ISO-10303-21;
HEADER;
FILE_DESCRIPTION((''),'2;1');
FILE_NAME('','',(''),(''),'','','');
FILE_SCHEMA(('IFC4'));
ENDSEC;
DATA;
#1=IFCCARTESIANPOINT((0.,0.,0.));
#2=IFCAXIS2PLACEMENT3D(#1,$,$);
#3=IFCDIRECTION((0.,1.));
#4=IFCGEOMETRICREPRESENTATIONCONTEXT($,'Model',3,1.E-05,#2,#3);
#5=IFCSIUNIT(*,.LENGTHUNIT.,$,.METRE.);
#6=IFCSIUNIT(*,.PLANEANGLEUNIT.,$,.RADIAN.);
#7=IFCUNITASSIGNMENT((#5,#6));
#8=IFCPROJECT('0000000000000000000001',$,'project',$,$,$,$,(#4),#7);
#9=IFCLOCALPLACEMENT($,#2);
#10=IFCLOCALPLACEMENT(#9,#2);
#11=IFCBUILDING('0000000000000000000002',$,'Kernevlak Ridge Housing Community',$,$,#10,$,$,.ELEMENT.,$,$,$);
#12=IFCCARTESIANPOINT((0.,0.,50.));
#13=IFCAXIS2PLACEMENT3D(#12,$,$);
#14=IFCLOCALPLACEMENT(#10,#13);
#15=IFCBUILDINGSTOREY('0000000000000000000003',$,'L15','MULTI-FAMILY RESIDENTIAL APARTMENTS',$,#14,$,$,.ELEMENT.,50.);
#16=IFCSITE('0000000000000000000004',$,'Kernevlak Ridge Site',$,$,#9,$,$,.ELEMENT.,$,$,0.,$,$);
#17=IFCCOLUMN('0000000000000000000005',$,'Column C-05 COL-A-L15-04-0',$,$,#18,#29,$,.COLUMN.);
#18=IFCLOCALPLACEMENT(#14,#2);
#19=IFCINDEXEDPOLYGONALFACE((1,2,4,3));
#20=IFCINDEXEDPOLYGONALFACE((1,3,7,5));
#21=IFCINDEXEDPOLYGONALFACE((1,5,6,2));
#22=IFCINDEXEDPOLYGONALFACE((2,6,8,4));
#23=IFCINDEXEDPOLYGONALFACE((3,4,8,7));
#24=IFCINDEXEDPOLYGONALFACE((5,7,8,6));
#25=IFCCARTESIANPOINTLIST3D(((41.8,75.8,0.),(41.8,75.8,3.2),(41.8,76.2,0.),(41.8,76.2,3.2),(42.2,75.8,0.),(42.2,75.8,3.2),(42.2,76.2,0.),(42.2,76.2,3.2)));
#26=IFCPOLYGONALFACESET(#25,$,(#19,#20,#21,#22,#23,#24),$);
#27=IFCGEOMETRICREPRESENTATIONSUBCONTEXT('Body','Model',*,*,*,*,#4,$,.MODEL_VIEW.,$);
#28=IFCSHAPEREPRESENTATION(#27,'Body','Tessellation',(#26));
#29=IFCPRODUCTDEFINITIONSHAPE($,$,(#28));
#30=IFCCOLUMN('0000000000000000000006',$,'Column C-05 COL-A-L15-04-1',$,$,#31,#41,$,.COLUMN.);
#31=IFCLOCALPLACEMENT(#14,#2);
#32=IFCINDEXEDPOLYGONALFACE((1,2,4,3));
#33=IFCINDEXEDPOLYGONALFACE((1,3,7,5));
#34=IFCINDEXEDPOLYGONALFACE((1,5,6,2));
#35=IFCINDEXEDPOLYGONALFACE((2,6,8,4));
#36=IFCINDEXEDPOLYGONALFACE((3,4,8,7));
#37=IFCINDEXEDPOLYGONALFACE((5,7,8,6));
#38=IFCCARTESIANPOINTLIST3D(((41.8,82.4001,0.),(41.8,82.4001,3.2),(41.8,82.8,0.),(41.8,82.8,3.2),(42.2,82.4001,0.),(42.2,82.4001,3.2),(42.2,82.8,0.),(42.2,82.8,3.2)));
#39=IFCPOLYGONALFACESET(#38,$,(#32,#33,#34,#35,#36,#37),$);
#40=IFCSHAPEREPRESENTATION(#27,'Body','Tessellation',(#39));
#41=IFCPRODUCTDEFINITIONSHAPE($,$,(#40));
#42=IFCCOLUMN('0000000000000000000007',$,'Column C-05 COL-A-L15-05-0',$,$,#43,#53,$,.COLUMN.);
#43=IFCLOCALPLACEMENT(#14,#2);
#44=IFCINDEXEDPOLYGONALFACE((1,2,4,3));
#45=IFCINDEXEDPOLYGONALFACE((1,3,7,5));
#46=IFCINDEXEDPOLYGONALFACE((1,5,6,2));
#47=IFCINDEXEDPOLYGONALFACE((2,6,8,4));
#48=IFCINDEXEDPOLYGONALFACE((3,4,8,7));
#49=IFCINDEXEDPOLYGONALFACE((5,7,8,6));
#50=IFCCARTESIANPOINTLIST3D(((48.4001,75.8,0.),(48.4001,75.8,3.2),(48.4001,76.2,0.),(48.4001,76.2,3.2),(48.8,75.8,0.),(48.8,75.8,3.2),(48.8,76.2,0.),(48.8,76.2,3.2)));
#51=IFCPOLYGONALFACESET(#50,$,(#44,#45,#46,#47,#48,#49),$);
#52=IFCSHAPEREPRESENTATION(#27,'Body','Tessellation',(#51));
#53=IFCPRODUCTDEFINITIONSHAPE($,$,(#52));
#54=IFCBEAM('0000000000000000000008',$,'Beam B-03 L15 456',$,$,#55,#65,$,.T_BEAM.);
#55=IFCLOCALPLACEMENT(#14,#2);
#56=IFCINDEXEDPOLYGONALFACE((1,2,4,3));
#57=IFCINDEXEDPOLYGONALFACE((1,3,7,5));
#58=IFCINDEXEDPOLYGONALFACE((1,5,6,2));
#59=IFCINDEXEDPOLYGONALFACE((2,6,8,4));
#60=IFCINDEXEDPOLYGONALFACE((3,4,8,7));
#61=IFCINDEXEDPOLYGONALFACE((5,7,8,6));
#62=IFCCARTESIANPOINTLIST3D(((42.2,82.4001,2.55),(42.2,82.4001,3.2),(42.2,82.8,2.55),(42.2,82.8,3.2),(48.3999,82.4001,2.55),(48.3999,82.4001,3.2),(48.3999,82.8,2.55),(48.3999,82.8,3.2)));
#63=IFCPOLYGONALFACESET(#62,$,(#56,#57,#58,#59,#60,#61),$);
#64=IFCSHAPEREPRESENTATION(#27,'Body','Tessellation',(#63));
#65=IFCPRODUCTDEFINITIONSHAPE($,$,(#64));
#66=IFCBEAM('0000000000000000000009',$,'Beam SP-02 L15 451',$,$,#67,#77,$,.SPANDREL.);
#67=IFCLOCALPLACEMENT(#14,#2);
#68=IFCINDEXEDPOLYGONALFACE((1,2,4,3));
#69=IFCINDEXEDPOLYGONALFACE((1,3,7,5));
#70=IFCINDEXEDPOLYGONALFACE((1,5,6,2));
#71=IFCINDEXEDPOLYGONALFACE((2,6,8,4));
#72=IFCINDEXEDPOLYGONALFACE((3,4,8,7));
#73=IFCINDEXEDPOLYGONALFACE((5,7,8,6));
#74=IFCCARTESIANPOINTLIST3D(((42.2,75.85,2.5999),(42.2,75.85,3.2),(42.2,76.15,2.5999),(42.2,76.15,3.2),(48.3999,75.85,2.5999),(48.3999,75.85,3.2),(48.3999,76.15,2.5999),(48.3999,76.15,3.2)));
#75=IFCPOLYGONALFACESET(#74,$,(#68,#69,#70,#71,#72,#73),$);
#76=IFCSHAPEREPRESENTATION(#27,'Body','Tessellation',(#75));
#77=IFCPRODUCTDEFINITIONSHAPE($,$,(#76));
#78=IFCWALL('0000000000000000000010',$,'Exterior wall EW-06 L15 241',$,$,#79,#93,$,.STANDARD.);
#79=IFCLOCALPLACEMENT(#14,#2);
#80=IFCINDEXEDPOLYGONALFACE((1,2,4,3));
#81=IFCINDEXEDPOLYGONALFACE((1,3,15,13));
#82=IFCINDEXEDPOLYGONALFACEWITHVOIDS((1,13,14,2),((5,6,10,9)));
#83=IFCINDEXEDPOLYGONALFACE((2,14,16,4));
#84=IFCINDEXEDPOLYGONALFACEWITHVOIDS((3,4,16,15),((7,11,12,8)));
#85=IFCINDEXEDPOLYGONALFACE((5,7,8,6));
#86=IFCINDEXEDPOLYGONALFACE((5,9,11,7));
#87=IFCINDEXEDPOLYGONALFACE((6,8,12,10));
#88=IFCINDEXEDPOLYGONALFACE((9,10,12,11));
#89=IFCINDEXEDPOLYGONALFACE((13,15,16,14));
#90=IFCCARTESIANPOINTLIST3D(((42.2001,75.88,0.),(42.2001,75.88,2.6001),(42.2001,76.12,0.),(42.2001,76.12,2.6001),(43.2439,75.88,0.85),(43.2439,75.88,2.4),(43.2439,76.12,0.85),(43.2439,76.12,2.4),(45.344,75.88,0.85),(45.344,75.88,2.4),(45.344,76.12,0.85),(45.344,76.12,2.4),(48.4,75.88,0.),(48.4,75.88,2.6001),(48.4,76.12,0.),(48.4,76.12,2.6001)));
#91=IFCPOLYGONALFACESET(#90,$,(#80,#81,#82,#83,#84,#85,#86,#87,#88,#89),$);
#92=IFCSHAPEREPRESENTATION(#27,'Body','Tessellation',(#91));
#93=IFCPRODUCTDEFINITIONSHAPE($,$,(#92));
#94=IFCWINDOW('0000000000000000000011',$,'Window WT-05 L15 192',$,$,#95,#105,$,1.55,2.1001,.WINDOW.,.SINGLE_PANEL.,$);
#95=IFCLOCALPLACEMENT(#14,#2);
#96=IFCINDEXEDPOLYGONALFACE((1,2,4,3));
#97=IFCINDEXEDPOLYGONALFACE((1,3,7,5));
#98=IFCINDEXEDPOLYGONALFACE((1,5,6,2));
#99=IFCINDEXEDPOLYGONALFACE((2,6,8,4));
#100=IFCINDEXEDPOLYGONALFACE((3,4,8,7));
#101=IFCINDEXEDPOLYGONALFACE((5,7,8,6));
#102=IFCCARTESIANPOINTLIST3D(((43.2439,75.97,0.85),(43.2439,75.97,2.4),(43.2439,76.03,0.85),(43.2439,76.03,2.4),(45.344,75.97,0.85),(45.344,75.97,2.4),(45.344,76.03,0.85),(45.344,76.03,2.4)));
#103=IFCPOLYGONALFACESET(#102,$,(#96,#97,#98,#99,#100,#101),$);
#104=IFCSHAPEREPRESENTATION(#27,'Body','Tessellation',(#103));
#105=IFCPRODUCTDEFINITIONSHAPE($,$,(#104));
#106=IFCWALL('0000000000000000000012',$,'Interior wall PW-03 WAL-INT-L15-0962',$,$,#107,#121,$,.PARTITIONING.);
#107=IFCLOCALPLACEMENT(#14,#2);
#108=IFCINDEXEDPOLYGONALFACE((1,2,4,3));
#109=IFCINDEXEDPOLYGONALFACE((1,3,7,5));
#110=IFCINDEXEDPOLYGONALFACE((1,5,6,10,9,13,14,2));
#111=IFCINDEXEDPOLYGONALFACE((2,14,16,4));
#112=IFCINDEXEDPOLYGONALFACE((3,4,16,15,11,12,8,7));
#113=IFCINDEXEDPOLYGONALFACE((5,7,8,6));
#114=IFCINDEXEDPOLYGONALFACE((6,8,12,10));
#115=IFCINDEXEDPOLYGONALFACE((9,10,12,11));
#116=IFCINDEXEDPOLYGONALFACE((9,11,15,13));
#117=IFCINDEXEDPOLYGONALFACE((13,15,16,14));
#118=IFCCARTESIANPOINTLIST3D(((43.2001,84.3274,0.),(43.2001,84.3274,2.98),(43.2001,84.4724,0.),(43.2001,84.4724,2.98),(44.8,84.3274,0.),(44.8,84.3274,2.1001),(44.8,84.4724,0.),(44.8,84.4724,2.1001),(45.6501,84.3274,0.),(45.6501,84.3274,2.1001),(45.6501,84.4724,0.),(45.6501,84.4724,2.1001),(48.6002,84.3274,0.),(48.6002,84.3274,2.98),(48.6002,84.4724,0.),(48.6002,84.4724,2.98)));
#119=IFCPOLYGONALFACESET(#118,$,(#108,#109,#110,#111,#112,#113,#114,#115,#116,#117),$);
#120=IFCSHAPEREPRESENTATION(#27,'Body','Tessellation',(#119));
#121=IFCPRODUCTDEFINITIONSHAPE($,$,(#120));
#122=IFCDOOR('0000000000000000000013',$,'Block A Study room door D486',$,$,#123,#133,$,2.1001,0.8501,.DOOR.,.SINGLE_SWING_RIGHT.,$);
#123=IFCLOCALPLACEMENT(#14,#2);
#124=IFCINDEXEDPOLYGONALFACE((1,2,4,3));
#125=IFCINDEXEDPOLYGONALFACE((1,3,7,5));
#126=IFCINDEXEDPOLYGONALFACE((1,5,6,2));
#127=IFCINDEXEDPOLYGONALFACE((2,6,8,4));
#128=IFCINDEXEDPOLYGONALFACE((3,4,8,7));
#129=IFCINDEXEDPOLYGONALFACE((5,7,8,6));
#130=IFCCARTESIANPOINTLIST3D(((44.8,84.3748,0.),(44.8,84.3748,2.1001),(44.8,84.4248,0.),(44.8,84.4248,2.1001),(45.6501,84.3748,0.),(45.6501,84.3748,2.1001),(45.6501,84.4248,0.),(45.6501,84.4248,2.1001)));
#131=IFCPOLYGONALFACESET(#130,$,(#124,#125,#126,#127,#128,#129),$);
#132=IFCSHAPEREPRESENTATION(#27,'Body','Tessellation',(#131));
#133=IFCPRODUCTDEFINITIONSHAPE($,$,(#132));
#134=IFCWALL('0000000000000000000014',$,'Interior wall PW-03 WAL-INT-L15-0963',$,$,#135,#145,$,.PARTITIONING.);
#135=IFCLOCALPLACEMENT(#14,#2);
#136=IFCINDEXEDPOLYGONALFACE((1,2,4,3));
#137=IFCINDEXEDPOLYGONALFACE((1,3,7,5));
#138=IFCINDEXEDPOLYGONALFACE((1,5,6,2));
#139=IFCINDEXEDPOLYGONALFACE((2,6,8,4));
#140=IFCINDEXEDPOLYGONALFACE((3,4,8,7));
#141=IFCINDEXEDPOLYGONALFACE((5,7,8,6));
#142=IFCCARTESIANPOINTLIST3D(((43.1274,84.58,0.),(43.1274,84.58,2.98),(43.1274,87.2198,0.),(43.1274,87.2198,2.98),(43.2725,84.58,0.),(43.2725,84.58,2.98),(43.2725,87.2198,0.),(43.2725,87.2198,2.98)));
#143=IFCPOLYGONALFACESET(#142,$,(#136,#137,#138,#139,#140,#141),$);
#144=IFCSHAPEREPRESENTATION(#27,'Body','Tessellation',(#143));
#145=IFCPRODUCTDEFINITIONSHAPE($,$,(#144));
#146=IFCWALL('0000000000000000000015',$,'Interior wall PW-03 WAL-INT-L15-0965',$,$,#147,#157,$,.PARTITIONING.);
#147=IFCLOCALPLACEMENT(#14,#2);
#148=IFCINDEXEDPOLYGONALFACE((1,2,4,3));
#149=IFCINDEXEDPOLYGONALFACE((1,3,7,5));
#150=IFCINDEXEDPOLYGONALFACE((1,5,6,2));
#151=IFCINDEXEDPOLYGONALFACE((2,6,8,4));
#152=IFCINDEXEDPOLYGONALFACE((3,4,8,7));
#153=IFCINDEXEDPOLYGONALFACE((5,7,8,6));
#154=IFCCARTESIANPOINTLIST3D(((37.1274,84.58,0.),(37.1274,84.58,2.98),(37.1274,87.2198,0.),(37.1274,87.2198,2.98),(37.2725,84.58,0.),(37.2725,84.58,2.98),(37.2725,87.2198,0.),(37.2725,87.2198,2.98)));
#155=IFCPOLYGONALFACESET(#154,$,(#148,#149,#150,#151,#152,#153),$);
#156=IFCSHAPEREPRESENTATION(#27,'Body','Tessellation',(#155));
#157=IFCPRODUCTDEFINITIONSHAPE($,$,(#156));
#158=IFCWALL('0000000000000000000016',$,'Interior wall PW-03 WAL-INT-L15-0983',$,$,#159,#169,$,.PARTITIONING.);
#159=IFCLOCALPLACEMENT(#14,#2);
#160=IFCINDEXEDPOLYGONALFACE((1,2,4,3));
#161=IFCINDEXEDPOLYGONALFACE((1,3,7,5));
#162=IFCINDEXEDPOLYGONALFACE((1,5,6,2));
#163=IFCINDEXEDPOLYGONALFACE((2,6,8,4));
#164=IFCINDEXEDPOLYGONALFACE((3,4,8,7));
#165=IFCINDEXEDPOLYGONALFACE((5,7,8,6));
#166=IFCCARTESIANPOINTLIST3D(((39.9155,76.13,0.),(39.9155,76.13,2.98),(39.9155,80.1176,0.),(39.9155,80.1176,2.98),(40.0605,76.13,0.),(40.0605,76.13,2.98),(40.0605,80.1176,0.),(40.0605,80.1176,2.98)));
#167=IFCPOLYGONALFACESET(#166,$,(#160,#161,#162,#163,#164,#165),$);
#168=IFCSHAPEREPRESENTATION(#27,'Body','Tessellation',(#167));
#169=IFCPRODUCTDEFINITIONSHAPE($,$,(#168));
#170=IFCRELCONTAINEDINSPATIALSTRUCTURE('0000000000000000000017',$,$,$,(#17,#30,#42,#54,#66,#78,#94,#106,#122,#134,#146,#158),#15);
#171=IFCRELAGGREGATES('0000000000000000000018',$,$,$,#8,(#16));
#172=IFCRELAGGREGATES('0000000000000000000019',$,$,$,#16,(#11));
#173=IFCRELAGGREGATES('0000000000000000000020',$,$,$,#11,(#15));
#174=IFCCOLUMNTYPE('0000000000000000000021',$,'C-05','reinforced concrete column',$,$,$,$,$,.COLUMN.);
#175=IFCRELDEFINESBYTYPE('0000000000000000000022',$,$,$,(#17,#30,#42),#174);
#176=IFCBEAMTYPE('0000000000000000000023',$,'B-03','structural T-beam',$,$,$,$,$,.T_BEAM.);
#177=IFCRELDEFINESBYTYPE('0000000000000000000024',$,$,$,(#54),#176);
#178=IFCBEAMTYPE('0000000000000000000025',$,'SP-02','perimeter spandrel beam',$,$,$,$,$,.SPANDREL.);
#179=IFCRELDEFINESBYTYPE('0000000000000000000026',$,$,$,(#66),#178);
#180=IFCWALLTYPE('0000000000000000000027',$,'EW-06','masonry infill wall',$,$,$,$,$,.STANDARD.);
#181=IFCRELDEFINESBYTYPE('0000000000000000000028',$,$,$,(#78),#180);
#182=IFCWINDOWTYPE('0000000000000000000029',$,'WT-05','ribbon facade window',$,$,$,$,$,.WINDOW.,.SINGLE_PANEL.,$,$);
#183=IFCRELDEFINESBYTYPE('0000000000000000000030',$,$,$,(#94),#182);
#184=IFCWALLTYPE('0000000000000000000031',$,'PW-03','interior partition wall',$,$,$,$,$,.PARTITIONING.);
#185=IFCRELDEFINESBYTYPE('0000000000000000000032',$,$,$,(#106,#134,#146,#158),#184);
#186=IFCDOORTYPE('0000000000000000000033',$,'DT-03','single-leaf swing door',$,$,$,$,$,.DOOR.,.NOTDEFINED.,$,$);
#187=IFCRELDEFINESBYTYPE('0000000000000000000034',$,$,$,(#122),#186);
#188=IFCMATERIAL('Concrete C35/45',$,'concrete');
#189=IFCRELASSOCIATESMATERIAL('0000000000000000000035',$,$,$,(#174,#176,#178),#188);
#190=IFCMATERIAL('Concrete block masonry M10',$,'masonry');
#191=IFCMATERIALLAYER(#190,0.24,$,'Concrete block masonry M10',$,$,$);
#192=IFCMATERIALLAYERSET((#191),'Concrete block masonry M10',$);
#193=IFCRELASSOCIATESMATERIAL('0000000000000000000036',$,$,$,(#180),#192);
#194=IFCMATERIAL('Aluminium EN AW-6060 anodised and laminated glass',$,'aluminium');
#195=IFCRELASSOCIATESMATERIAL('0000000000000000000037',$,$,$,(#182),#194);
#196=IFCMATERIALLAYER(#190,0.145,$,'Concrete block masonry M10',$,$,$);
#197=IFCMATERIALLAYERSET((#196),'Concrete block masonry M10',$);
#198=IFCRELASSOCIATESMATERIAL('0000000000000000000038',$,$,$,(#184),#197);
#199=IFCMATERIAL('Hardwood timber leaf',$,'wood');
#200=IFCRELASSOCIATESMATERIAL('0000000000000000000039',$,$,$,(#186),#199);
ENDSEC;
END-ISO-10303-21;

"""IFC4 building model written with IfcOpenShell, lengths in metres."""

from ifc_helpers import new_model, si_unit, direction, frame, frame_2d, origin, origin_2d, place, context, subcontext, project, spatial, rectangle, extrude, material, layer, layer_set, material_profile, profile_set, type_object, element, fill, save


model = new_model("IFC4")

# Units and contexts
model_context = context("Model", 3, precision=1e-05, world=origin(), true_north=direction((0.0, 1.0)))
body_context = subcontext(model_context, "Body", "Model", "MODEL_VIEW")
ifc_project = project(units=[si_unit("LENGTHUNIT", "METRE"), si_unit("PLANEANGLEUNIT", "RADIAN")], contexts=[model_context])

# Site, building, storey
site_placement = place(None, origin())
site = spatial("IfcSite", under=ifc_project, at=site_placement, Name="Kernevlak Ridge Site", CompositionType="ELEMENT", RefElevation=0.0)
building_placement = place(site_placement, origin())
building = spatial("IfcBuilding", under=site, at=building_placement, Name="Kernevlak Ridge Housing Community", CompositionType="ELEMENT")
storey_placement = place(building_placement, frame((0.0, 0.0, 50.0)))
storey = spatial("IfcBuildingStorey", under=building, at=storey_placement, Name="L15", Description="MULTI-FAMILY RESIDENTIAL APARTMENTS", CompositionType="ELEMENT", Elevation=50.0)

# Columns
ifc_material_1 = material(Name="Concrete C35/45", Category="concrete")
ifc_material_profile_1 = material_profile(ifc_material_1, rectangle(XDim=0.3999, YDim=0.3999, at=origin_2d()), Name="RC 400x400")
ifc_profile_set_1 = profile_set([ifc_material_profile_1], Name="Concrete C35/45")
column_type = type_object("IfcColumnType", Name="C-05", Description="reinforced concrete column", PredefinedType="COLUMN", material=ifc_profile_set_1)
for number, where, z_axis, x_axis, name in (
    (1, (42.0, 76.0, 0.0), (0.0, 0.0, 1.0), (1.0, 0.0, 0.0), "Column C-05 COL-A-L15-04-0"),
    (2, (42.0, 82.6001, 0.0), (0.0, 0.0, 1.0), (1.0, 0.0, 0.0), "Column C-05 COL-A-L15-04-1"),
    (3, (48.6001, 76.0, 0.0), (0.0, 0.0, 1.0), (1.0, 0.0, 0.0), "Column C-05 COL-A-L15-05-0"),
):
    element("IfcColumn", number, at=place(storey_placement, frame(where, z_axis=z_axis, x_axis=x_axis)), inside=storey, type_object=column_type, Name=name, PredefinedType="COLUMN", context=body_context, shape_type="SweptSolid", body=[
        extrude(rectangle(XDim=0.3999, YDim=0.3999, at=origin_2d()), origin(), (0.0, 0.0, 1.0), 3.2),
    ])

# Beams
ifc_material_profile_2 = material_profile(ifc_material_1, rectangle(XDim=0.3999, YDim=0.6499, at=origin_2d()), Name="RC 400x650")
ifc_profile_set_2 = profile_set([ifc_material_profile_2], Name="Concrete C35/45")
beam_type_1 = type_object("IfcBeamType", Name="B-03", Description="structural T-beam", PredefinedType="T_BEAM", material=ifc_profile_set_2)
beam_1_placement = place(storey_placement, frame((42.2, 82.6001, 2.875), z_axis=(1.0, 0.0, 0.0), x_axis=(0.0, 1.0, 0.0)))
element("IfcBeam", 4, at=beam_1_placement, inside=storey, type_object=beam_type_1, Name="Beam B-03 L15 456", PredefinedType="T_BEAM", context=body_context, shape_type="SweptSolid", body=[
    extrude(rectangle(XDim=0.3999, YDim=0.6499, at=origin_2d()), origin(), (0.0, 0.0, 1.0), 6.2),
])
ifc_material_profile_3 = material_profile(ifc_material_1, rectangle(XDim=0.3, YDim=0.6001, at=origin_2d()), Name="RC 300x600")
ifc_profile_set_3 = profile_set([ifc_material_profile_3], Name="Concrete C35/45")
beam_type_2 = type_object("IfcBeamType", Name="SP-02", Description="perimeter spandrel beam", PredefinedType="SPANDREL", material=ifc_profile_set_3)
beam_2_placement = place(storey_placement, frame((42.2, 76.0, 2.8999), z_axis=(1.0, 0.0, 0.0), x_axis=(0.0, 1.0, 0.0)))
element("IfcBeam", 5, at=beam_2_placement, inside=storey, type_object=beam_type_2, Name="Beam SP-02 L15 451", PredefinedType="SPANDREL", context=body_context, shape_type="SweptSolid", body=[
    extrude(rectangle(XDim=0.3, YDim=0.6001, at=origin_2d()), origin(), (0.0, 0.0, 1.0), 6.2),
])

# Wall, opening, window
ifc_material_2 = material(Name="Concrete block masonry M10", Category="masonry")
ifc_layer_1 = layer(ifc_material_2, 0.24, Name="Concrete block masonry M10")
ifc_layer_set_1 = layer_set([ifc_layer_1], Name="Concrete block masonry M10")
wall_type_1 = type_object("IfcWallType", Name="EW-06", Description="masonry infill wall", PredefinedType="STANDARD", material=ifc_layer_set_1)
wall_1_placement = place(storey_placement, frame((42.2, 76.0, 0.0), z_axis=(0.0, 0.0, 1.0), x_axis=(1.0, 0.0, 0.0)))
wall_1 = element("IfcWall", 6, at=wall_1_placement, inside=storey, type_object=wall_type_1, Name="Exterior wall EW-06 L15 241", PredefinedType="STANDARD", context=body_context, shape_type="SweptSolid", body=[
    extrude(rectangle(XDim=6.2, YDim=0.24, at=frame_2d((3.1001, 0.0))), origin(), (0.0, 0.0, 1.0), 2.6001),
])
opening_1_placement = place(wall_1_placement, frame((1.0439, 0.0, 0.8501)))
opening_1 = element("IfcOpeningElement", 7, at=opening_1_placement, cuts=wall_1, PredefinedType="OPENING", context=body_context, shape_type="SweptSolid", body=[
    extrude(rectangle(XDim=2.1001, YDim=1.55, at=frame_2d((1.05, 0.7749))), frame((0.0, 0.1299, 0.0), z_axis=(0.0, -1.0, 0.0), x_axis=(1.0, 0.0, 0.0)), (0.0, 0.0, 1.0), 0.26),
])
ifc_material_3 = material(Name="Aluminium EN AW-6060 anodised and laminated glass", Category="aluminium")
window_type = type_object("IfcWindowType", Name="WT-05", Description="ribbon facade window", PartitioningType="SINGLE_PANEL", PredefinedType="WINDOW", material=ifc_material_3)
window_placement = place(opening_1_placement, origin())
window = element("IfcWindow", 8, at=window_placement, inside=storey, type_object=window_type, Name="Window WT-05 L15 192", OverallHeight=1.55, OverallWidth=2.1001, PartitioningType="SINGLE_PANEL", PredefinedType="WINDOW", context=body_context, shape_type="SweptSolid", body=[
    extrude(rectangle(XDim=2.1001, YDim=1.55, at=frame_2d((1.05, 0.7749))), frame((0.0, 0.03, 0.0), z_axis=(0.0, -1.0, 0.0), x_axis=(1.0, 0.0, 0.0)), (0.0, 0.0, 1.0), 0.0601),
])
fill(opening_1, window)

# Wall, opening, door
ifc_layer_2 = layer(ifc_material_2, 0.145, Name="Concrete block masonry M10")
ifc_layer_set_2 = layer_set([ifc_layer_2], Name="Concrete block masonry M10")
wall_type_2 = type_object("IfcWallType", Name="PW-03", Description="interior partition wall", PredefinedType="PARTITIONING", material=ifc_layer_set_2)
wall_2_placement = place(storey_placement, frame((43.2, 84.3999, 0.0), z_axis=(0.0, 0.0, 1.0), x_axis=(1.0, 0.0, 0.0)))
wall_2 = element("IfcWall", 9, at=wall_2_placement, inside=storey, type_object=wall_type_2, Name="Interior wall PW-03 WAL-INT-L15-0962", PredefinedType="PARTITIONING", context=body_context, shape_type="SweptSolid", body=[
    extrude(rectangle(XDim=5.4001, YDim=0.145, at=frame_2d((2.7002, 0.0))), origin(), (0.0, 0.0, 1.0), 2.98),
])
opening_2_placement = place(wall_2_placement, frame((1.6001, 0.0, 0.0)))
opening_2 = element("IfcOpeningElement", 10, at=opening_2_placement, cuts=wall_2, PredefinedType="OPENING", context=body_context, shape_type="SweptSolid", body=[
    extrude(rectangle(XDim=0.8501, YDim=2.1001, at=frame_2d((0.425, 1.05))), frame((0.0, 0.0825, 0.0), z_axis=(0.0, -1.0, 0.0), x_axis=(1.0, 0.0, 0.0)), (0.0, 0.0, 1.0), 0.165),
])
ifc_material_4 = material(Name="Hardwood timber leaf", Category="wood")
door_type_1 = type_object("IfcDoorType", Name="DT-03", Description="single-leaf swing door", OperationType="NOTDEFINED", PredefinedType="DOOR", material=ifc_material_4)
door_1_placement = place(opening_2_placement, origin())
door_1 = element("IfcDoor", 11, at=door_1_placement, inside=storey, type_object=door_type_1, Name="Block A Study room door D486", OperationType="SINGLE_SWING_RIGHT", OverallHeight=2.1001, OverallWidth=0.8501, PredefinedType="DOOR", context=body_context, shape_type="SweptSolid", body=[
    extrude(rectangle(XDim=0.8501, YDim=2.1001, at=frame_2d((0.425, 1.05))), frame((0.0, 0.0249, 0.0), z_axis=(0.0, -1.0, 0.0), x_axis=(1.0, 0.0, 0.0)), (0.0, 0.0, 1.0), 0.05),
])
fill(opening_2, door_1)

# Walls
for number, where, z_axis, x_axis, name in (
    (12, (43.2, 84.5801, 0.0), (0.0, 0.0, 1.0), (0.0, 1.0, 0.0), "Interior wall PW-03 WAL-INT-L15-0963"),
    (13, (37.2, 84.5801, 0.0), (0.0, 0.0, 1.0), (0.0, 1.0, 0.0), "Interior wall PW-03 WAL-INT-L15-0965"),
):
    element("IfcWall", number, at=place(storey_placement, frame(where, z_axis=z_axis, x_axis=x_axis)), inside=storey, type_object=wall_type_2, Name=name, PredefinedType="PARTITIONING", context=body_context, shape_type="SweptSolid", body=[
        extrude(rectangle(XDim=2.6399, YDim=0.145, at=frame_2d((1.3198, 0.0))), origin(), (0.0, 0.0, 1.0), 2.98),
    ])
wall_3_placement = place(storey_placement, frame((39.988, 80.1174, 0.0), z_axis=(0.0, 0.0, 1.0), x_axis=(0.0, -1.0, 0.0)))
element("IfcWall", 14, at=wall_3_placement, inside=storey, type_object=wall_type_2, Name="Interior wall PW-03 WAL-INT-L15-0983", PredefinedType="PARTITIONING", context=body_context, shape_type="SweptSolid", body=[
    extrude(rectangle(XDim=3.9875, YDim=0.145, at=frame_2d((1.9937, 0.0))), origin(), (0.0, 0.0, 1.0), 2.98),
])

save(model, "model.ifc")
